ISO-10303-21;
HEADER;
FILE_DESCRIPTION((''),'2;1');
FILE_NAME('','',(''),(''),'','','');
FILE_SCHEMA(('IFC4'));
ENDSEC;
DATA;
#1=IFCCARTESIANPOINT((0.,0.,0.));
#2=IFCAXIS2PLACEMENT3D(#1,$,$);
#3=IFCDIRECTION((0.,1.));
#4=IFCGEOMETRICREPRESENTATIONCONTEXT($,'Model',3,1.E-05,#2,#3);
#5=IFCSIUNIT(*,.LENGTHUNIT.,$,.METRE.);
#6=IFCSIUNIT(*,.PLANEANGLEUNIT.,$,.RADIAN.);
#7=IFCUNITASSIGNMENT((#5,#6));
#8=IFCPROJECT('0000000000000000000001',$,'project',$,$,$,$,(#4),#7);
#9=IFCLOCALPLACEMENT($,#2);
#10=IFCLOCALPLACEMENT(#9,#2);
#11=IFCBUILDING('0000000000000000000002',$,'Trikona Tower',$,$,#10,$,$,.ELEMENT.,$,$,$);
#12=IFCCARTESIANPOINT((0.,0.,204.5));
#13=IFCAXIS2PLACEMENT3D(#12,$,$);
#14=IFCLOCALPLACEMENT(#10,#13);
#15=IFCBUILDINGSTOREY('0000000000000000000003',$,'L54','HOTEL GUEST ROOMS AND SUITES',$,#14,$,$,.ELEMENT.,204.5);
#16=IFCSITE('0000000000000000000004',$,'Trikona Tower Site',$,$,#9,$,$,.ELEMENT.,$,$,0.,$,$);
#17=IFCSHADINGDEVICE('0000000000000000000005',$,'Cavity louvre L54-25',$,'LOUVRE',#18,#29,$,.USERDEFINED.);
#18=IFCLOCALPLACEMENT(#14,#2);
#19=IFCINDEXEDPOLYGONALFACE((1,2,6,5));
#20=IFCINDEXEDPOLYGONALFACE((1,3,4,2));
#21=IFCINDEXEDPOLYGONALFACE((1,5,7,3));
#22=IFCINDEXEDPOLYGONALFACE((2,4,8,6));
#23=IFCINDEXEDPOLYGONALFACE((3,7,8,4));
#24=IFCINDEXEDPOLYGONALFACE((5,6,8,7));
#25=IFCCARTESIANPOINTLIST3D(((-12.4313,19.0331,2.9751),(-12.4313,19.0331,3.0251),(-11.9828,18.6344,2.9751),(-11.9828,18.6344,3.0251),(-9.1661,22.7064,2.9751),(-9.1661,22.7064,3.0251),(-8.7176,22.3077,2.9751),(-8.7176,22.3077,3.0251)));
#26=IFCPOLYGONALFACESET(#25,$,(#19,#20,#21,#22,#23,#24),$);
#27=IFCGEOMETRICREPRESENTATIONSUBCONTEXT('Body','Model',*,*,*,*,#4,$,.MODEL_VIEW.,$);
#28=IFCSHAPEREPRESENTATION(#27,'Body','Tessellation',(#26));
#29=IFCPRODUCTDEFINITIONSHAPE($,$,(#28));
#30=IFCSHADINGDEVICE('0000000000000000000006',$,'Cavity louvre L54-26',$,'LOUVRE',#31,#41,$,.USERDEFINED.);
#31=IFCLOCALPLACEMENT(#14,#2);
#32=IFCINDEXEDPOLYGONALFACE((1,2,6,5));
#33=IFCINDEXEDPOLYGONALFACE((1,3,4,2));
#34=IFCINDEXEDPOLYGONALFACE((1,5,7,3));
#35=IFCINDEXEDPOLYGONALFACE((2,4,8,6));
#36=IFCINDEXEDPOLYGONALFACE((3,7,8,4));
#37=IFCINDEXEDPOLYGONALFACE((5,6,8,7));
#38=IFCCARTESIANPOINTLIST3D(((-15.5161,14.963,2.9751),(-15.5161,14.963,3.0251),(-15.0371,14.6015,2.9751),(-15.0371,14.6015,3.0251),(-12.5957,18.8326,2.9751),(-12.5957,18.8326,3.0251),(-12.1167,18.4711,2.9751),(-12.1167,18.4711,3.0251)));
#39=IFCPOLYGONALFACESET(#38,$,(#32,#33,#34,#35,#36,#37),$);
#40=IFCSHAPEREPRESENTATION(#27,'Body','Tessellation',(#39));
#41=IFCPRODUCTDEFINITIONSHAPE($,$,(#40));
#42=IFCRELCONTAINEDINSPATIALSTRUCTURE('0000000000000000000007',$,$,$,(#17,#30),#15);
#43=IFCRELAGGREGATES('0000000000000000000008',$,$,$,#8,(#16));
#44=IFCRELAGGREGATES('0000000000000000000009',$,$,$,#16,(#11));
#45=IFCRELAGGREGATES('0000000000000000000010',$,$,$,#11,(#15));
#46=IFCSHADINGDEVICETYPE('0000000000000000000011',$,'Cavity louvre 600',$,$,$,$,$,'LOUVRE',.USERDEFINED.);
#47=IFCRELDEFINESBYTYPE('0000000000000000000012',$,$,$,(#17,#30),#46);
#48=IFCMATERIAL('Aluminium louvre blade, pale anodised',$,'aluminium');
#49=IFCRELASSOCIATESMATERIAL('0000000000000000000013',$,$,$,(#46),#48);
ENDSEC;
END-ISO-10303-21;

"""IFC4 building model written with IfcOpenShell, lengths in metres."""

from ifc_helpers import new_model, si_unit, direction, frame, origin, origin_2d, place, context, subcontext, project, spatial, rectangle, extrude, material, type_object, element, save


model = new_model("IFC4")

# Units and contexts
model_context = context("Model", 3, precision=1e-05, world=origin(), true_north=direction((0.0, 1.0)))
body_context = subcontext(model_context, "Body", "Model", "MODEL_VIEW")
ifc_project = project(units=[si_unit("LENGTHUNIT", "METRE"), si_unit("PLANEANGLEUNIT", "RADIAN")], contexts=[model_context])

# Site, building, storey
site_placement = place(None, origin())
site = spatial("IfcSite", under=ifc_project, at=site_placement, Name="Trikona Tower Site", CompositionType="ELEMENT", RefElevation=0.0)
building_placement = place(site_placement, origin())
building = spatial("IfcBuilding", under=site, at=building_placement, Name="Trikona Tower", CompositionType="ELEMENT")
storey_placement = place(building_placement, frame((0.0, 0.0, 204.5)))
storey = spatial("IfcBuildingStorey", under=building, at=storey_placement, Name="L54", Description="HOTEL GUEST ROOMS AND SUITES", CompositionType="ELEMENT", Elevation=204.5)

# Shading devices
ifc_material_1 = material(Name="Aluminium louvre blade, pale anodised", Category="aluminium")
shading_device_type = type_object("IfcShadingDeviceType", Name="Cavity louvre 600", ElementType="LOUVRE", PredefinedType="USERDEFINED", material=ifc_material_1)
shading_device_1_placement = place(storey_placement, frame((-10.5745, 20.6704, 2.9751), z_axis=(0.0, 0.0, 1.0), x_axis=(-0.664367, -0.747406, 0.0)))
element("IfcShadingDevice", 1, at=shading_device_1_placement, inside=storey, type_object=shading_device_type, Name="Cavity louvre L54-25", ObjectType="LOUVRE", PredefinedType="USERDEFINED", context=body_context, shape_type="SweptSolid", body=[
    extrude(rectangle(XDim=4.9148, YDim=0.6001, at=origin_2d()), origin(), (0.0, 0.0, 1.0), 0.05),
])
shading_device_2_placement = place(storey_placement, frame((-13.8164, 16.717, 2.9751), z_axis=(0.0, 0.0, 1.0), x_axis=(-0.602402, -0.798193, 0.0)))
element("IfcShadingDevice", 2, at=shading_device_2_placement, inside=storey, type_object=shading_device_type, Name="Cavity louvre L54-26", ObjectType="LOUVRE", PredefinedType="USERDEFINED", context=body_context, shape_type="SweptSolid", body=[
    extrude(rectangle(XDim=4.8479, YDim=0.6001, at=origin_2d()), origin(), (0.0, 0.0, 1.0), 0.05),
])

save(model, "model.ifc")
